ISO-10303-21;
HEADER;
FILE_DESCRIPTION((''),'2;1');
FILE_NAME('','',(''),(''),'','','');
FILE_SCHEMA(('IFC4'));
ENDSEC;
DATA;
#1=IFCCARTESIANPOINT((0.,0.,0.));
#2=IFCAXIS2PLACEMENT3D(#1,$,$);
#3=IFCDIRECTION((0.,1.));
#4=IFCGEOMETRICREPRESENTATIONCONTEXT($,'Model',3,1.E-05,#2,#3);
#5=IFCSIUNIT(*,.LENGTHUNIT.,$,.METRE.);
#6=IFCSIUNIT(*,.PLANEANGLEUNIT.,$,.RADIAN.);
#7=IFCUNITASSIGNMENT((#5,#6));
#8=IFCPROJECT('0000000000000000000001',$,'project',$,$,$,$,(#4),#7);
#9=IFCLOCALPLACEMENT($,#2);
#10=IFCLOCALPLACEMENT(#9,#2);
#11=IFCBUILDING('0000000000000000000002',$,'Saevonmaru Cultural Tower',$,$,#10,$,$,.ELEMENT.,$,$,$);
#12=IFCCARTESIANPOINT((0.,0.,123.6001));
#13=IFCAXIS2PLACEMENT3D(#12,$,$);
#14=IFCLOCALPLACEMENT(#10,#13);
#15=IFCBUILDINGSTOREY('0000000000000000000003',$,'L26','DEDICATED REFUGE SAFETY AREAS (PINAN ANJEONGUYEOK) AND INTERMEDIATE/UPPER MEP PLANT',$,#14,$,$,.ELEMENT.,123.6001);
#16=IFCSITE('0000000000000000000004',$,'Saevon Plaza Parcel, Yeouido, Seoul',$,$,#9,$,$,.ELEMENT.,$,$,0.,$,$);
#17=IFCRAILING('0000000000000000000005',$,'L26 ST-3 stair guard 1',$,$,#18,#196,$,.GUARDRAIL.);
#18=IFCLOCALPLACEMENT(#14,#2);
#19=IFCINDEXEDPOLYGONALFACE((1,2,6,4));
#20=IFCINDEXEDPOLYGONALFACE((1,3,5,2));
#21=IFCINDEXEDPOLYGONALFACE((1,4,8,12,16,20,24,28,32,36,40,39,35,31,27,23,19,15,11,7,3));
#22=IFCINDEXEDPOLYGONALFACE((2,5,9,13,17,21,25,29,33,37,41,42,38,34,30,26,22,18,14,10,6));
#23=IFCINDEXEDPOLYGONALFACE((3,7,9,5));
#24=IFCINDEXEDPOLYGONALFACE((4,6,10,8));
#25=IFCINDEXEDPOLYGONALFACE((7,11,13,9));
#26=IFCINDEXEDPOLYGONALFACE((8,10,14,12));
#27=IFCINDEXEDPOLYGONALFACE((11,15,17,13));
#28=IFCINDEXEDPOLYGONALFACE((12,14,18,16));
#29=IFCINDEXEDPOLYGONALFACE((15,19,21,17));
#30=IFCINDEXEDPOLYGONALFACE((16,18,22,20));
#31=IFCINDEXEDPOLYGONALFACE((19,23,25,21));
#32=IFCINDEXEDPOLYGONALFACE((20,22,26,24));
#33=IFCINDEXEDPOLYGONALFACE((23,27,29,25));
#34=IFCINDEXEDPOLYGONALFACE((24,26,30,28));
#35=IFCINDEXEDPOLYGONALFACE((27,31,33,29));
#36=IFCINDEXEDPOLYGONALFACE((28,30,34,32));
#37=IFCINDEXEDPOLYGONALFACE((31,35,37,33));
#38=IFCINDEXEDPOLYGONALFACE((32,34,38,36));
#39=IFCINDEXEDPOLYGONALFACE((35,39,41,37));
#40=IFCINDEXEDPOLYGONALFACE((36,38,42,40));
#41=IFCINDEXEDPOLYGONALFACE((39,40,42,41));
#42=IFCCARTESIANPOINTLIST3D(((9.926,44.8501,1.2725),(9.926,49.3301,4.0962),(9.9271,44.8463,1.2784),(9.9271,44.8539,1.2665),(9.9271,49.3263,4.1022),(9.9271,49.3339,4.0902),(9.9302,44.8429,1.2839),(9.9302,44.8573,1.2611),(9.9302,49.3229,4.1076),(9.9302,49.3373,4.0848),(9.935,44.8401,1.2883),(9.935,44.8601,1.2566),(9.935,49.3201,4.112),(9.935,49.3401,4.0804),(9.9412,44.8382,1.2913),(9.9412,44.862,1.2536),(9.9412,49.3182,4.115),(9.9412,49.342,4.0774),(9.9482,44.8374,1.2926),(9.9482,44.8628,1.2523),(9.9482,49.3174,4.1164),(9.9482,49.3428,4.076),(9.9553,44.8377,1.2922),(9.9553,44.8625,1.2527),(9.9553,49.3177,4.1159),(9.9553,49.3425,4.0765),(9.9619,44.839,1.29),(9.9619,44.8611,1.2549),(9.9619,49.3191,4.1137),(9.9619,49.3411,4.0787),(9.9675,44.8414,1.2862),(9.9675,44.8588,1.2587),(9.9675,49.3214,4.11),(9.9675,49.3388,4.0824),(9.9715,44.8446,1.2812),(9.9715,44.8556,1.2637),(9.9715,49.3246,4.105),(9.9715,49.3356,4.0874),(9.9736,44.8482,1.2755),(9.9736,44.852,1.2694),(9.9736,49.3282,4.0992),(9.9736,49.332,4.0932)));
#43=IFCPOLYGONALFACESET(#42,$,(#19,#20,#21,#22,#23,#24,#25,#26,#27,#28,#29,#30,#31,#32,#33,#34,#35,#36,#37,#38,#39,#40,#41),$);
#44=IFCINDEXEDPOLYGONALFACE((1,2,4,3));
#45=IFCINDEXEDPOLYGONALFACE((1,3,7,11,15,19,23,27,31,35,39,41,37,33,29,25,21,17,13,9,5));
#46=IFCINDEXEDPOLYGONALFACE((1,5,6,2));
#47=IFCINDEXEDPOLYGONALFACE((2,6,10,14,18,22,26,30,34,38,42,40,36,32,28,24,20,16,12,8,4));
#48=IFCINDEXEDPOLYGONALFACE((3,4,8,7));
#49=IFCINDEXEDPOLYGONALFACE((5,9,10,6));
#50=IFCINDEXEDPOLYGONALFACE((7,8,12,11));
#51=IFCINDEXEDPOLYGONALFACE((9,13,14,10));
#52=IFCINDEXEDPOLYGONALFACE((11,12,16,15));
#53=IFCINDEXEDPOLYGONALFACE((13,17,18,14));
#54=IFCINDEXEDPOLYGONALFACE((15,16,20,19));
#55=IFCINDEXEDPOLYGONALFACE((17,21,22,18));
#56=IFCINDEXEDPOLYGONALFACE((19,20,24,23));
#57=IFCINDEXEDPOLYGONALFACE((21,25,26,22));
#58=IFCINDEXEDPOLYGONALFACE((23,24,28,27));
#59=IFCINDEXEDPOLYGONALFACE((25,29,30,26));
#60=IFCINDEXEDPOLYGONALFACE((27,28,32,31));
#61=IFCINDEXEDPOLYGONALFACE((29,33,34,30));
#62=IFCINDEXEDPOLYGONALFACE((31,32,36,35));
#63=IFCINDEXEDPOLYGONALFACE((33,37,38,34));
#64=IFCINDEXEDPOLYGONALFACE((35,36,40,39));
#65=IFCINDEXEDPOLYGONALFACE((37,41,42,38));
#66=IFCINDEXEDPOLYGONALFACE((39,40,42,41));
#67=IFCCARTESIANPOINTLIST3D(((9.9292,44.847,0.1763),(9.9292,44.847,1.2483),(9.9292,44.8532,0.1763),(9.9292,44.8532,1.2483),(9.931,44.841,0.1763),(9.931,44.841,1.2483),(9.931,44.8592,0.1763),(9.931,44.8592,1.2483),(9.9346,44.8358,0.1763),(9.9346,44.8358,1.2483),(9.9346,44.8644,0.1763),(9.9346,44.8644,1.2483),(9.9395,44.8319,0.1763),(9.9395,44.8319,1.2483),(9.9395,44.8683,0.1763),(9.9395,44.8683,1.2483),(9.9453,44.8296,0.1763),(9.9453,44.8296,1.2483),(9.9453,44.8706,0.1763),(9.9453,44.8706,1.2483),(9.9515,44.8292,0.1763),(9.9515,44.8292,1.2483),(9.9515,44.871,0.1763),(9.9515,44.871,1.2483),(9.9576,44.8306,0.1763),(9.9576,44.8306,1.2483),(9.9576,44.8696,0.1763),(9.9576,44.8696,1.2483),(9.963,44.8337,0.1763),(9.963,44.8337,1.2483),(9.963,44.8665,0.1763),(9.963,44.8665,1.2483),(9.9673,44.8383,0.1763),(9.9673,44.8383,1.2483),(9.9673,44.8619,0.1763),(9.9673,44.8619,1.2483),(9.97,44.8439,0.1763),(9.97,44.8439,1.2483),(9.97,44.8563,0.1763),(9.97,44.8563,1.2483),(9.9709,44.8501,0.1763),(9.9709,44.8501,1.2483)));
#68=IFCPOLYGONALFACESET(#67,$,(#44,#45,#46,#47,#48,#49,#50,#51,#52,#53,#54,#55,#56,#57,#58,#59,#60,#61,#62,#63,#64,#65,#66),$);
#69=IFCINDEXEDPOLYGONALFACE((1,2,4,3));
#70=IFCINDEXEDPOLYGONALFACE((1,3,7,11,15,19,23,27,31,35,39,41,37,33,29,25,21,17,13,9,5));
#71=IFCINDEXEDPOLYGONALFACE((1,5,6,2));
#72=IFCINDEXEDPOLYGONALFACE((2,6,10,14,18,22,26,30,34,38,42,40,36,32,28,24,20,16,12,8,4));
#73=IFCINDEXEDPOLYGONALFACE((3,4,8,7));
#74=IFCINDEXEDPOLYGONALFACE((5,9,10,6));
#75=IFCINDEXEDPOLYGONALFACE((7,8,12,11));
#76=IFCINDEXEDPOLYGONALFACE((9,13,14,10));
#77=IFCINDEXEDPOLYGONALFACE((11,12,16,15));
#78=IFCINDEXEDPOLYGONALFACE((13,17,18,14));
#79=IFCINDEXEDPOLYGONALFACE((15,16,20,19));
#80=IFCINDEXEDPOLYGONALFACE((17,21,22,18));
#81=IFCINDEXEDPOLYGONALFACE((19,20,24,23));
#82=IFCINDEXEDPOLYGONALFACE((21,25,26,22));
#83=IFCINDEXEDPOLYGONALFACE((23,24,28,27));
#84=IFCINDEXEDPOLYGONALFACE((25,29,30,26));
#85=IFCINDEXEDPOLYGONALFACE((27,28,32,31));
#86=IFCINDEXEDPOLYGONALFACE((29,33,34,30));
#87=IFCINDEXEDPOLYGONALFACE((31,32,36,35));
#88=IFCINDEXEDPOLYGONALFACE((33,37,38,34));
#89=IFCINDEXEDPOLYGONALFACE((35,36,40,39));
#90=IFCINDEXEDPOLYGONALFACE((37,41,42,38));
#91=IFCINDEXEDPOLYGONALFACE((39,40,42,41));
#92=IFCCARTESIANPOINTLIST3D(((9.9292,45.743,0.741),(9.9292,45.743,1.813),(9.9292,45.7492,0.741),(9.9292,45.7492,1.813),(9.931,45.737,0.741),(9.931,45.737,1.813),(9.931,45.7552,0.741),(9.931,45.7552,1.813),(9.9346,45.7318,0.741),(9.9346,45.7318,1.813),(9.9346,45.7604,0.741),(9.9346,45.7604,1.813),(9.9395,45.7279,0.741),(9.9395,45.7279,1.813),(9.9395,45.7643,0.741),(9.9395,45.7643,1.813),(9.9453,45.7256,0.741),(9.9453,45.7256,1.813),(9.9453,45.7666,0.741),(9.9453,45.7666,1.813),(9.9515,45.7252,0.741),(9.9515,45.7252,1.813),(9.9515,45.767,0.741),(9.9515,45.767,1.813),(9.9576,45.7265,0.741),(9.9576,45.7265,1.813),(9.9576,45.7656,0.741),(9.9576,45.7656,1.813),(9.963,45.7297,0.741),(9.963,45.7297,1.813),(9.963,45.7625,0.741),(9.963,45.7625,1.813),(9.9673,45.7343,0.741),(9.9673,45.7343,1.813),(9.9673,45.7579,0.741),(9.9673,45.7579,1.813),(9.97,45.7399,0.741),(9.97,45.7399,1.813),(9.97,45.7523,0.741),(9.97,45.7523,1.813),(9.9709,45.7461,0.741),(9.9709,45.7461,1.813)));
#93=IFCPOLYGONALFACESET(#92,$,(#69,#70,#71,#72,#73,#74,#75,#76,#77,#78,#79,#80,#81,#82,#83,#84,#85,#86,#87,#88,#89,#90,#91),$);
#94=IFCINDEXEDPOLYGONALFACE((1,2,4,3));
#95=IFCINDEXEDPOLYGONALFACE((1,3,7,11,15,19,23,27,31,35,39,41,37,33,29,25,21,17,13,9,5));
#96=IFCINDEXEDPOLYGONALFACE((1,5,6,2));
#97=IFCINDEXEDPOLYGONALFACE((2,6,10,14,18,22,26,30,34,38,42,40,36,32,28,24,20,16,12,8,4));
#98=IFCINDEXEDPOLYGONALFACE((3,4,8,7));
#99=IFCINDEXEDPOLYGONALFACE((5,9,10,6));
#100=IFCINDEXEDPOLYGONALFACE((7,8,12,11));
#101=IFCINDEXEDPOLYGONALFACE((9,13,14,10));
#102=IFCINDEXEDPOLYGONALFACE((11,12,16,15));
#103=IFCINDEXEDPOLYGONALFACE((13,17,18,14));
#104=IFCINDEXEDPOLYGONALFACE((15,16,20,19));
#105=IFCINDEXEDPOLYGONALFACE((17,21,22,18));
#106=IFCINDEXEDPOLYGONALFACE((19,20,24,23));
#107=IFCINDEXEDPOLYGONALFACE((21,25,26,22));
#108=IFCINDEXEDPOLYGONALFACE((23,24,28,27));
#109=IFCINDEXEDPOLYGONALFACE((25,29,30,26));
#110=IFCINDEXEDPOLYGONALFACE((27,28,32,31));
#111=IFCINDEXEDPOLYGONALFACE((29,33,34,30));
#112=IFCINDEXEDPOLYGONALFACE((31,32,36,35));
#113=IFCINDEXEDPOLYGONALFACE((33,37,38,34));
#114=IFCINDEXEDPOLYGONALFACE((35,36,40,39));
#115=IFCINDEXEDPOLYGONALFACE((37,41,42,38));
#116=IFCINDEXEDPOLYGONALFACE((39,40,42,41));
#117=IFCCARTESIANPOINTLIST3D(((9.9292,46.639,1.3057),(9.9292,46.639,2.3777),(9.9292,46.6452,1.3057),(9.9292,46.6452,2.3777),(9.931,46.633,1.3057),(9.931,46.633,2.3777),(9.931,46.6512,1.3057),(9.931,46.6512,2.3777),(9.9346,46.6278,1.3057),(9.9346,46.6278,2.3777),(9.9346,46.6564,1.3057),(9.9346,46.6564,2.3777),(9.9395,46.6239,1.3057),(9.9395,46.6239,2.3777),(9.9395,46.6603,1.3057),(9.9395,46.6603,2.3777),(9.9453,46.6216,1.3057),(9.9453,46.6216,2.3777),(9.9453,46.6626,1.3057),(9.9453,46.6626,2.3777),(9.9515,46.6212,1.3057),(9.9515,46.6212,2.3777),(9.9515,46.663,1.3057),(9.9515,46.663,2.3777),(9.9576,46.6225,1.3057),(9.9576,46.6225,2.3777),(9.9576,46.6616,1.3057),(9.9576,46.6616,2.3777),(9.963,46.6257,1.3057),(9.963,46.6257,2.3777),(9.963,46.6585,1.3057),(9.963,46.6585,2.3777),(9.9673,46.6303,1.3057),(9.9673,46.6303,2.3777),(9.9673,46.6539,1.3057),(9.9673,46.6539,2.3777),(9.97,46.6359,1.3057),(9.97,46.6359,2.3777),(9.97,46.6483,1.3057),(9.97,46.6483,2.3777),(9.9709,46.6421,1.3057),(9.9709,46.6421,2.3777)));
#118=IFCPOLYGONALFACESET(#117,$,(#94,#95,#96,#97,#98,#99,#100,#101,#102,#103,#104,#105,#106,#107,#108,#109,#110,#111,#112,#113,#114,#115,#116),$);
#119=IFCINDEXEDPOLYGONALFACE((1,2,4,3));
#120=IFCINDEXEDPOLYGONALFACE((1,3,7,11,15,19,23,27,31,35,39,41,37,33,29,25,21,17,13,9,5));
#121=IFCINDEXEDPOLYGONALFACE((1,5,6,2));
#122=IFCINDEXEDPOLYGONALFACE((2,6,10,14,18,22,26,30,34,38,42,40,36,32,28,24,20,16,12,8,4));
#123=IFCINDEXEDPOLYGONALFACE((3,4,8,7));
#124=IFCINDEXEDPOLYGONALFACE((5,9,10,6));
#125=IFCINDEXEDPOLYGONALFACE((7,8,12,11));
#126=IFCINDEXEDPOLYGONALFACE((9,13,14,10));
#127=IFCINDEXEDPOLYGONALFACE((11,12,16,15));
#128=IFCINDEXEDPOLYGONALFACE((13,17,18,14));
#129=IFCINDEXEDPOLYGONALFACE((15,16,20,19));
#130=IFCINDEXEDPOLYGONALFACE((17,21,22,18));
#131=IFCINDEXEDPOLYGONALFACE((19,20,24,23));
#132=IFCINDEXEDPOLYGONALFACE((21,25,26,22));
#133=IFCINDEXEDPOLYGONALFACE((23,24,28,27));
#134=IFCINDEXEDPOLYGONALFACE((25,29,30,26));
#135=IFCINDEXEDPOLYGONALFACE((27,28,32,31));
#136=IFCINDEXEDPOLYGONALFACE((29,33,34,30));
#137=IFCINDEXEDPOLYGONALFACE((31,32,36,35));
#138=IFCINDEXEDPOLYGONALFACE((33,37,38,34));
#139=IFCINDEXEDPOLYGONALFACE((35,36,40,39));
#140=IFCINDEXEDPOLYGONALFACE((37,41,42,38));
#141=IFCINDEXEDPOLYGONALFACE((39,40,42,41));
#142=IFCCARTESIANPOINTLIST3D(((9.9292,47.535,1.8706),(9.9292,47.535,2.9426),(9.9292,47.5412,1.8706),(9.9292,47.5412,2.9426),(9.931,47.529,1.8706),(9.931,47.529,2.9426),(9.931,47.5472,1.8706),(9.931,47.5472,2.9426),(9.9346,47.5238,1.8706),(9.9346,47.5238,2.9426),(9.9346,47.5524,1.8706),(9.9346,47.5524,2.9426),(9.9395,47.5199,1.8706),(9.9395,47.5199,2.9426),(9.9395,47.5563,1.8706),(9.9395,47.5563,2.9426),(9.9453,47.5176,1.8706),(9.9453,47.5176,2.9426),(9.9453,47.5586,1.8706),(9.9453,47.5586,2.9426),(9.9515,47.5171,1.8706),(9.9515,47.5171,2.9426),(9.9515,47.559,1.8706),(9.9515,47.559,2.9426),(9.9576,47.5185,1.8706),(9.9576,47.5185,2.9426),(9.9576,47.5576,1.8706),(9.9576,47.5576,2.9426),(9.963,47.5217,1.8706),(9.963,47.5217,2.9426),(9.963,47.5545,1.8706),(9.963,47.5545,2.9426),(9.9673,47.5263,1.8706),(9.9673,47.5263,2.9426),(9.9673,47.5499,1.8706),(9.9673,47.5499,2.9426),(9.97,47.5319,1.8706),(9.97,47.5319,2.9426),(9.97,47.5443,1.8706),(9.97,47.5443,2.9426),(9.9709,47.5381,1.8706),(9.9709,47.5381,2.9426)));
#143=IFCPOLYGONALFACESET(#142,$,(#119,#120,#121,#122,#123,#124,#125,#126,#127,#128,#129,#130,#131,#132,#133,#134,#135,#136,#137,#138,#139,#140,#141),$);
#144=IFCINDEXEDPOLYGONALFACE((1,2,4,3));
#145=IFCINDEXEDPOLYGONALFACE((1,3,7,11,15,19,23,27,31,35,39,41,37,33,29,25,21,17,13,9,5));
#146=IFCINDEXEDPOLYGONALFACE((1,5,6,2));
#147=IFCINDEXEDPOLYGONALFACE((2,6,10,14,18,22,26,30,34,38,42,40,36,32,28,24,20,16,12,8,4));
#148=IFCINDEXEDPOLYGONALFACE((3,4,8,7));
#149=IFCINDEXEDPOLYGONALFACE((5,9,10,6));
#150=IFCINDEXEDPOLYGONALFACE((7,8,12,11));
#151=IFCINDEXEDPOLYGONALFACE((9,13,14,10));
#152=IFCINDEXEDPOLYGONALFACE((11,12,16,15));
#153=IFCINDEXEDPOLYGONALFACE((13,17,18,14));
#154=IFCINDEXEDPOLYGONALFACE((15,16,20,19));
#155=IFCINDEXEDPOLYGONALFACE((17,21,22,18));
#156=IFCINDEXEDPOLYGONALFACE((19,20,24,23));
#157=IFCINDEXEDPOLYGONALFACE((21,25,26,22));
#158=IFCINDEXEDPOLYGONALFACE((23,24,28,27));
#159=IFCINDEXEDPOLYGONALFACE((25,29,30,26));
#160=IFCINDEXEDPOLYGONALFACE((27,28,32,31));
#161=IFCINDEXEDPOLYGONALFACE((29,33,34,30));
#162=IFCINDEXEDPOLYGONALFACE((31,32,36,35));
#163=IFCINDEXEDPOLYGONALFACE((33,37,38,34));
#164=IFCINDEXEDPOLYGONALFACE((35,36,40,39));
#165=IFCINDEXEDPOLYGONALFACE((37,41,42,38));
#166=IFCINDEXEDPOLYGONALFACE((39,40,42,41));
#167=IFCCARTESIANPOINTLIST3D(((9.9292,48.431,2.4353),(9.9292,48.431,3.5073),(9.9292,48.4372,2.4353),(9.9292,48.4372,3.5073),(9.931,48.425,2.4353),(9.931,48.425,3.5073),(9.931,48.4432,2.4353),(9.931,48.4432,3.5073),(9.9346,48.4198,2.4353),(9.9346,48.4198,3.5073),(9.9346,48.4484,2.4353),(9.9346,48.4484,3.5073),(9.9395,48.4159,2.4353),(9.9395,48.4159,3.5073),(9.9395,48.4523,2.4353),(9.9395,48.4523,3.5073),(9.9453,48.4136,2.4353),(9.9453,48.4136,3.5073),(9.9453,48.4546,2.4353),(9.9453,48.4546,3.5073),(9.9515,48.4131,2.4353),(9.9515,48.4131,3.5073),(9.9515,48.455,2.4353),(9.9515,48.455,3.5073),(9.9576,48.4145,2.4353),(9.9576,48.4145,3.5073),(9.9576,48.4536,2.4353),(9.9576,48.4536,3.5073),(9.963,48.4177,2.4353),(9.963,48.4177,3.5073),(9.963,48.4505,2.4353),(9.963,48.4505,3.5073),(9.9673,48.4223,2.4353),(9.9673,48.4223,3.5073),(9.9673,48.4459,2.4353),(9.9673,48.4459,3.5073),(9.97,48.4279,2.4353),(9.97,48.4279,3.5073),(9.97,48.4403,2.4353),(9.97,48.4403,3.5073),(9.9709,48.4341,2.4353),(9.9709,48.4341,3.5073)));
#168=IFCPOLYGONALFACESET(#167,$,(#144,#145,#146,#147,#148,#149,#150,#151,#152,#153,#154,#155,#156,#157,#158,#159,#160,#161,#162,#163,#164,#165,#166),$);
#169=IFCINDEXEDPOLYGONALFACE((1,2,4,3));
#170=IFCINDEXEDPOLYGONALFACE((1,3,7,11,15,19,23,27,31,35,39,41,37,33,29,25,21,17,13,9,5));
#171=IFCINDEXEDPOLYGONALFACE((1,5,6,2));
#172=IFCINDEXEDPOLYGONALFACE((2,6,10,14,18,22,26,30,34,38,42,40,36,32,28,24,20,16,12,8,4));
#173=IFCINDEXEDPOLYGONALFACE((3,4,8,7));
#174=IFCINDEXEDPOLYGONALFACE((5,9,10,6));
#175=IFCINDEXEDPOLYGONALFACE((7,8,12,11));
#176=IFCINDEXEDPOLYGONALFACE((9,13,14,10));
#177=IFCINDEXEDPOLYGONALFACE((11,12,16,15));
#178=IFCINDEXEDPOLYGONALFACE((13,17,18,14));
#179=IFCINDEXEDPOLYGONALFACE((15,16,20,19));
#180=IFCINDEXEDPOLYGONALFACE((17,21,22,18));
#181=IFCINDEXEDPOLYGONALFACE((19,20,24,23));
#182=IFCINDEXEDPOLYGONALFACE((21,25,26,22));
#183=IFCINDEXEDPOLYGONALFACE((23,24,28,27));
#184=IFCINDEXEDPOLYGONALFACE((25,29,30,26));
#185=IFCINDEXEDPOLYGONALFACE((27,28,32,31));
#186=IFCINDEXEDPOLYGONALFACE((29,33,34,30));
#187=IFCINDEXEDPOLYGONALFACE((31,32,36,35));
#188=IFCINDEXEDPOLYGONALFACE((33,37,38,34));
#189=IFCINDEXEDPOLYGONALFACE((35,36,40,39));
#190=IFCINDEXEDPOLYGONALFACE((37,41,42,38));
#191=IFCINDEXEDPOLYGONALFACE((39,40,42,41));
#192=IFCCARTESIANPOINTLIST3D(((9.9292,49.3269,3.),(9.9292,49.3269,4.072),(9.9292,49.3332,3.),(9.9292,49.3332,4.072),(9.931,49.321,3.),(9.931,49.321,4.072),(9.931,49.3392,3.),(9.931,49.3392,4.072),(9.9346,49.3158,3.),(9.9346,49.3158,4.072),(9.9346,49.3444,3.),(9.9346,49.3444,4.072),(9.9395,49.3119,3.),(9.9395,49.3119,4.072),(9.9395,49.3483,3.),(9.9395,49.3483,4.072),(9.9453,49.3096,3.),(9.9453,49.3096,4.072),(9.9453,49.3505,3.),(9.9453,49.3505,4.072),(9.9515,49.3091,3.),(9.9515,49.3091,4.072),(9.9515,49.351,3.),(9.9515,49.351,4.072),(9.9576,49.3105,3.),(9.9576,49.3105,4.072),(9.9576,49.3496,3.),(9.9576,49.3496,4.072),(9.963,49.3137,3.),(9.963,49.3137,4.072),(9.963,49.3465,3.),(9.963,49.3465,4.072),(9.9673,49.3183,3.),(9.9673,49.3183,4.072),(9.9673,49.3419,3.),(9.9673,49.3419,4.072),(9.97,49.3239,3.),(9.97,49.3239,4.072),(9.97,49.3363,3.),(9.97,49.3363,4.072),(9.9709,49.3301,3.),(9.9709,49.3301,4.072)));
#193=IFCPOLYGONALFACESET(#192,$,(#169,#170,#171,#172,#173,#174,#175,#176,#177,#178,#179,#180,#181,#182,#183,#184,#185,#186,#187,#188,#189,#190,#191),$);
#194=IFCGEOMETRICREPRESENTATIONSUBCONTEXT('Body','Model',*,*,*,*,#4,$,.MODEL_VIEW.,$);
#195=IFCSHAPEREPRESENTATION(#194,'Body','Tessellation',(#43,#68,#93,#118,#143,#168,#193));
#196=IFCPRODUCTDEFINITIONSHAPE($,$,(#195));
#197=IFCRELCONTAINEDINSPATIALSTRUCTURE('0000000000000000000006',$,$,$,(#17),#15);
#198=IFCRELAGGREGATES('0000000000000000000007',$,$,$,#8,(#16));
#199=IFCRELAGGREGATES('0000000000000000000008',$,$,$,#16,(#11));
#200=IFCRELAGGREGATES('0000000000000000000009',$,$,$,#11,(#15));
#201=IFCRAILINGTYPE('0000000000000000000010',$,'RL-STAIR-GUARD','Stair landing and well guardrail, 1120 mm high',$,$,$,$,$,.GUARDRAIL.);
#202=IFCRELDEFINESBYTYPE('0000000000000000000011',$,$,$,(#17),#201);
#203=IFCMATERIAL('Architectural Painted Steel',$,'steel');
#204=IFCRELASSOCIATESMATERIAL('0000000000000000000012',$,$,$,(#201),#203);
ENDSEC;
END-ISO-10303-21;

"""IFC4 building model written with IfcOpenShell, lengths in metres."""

from ifc_helpers import new_model, si_unit, direction, frame, origin, origin_2d, place, context, subcontext, project, spatial, circle, extrude, material, type_object, element, save


model = new_model("IFC4")

# Units and contexts
model_context = context("Model", 3, precision=1e-05, world=origin(), true_north=direction((0.0, 1.0)))
body_context = subcontext(model_context, "Body", "Model", "MODEL_VIEW")
ifc_project = project(units=[si_unit("LENGTHUNIT", "METRE"), si_unit("PLANEANGLEUNIT", "RADIAN")], contexts=[model_context])

# Site, building, storey
site_placement = place(None, origin())
site = spatial("IfcSite", under=ifc_project, at=site_placement, Name="Saevon Plaza Parcel, Yeouido, Seoul", CompositionType="ELEMENT", RefElevation=0.0)
building_placement = place(site_placement, origin())
building = spatial("IfcBuilding", under=site, at=building_placement, Name="Saevonmaru Cultural Tower", CompositionType="ELEMENT")
storey_placement = place(building_placement, frame((0.0, 0.0, 123.6001)))
storey = spatial("IfcBuildingStorey", under=building, at=storey_placement, Name="L26", Description="DEDICATED REFUGE SAFETY AREAS (PINAN ANJEONGUYEOK) AND INTERMEDIATE/UPPER MEP PLANT", CompositionType="ELEMENT", Elevation=123.6001)

# Railing
ifc_material_1 = material(Name="Architectural Painted Steel", Category="steel")
railing_type_1 = type_object("IfcRailingType", Name="RL-STAIR-GUARD", Description="Stair landing and well guardrail, 1120 mm high", PredefinedType="GUARDRAIL", material=ifc_material_1)
railing_1_placement = place(storey_placement, frame((9.95, 44.8501, 0.1763)))
element("IfcRailing", 1, at=railing_1_placement, inside=storey, type_object=railing_type_1, Name="L26 ST-3 stair guard 1", PredefinedType="GUARDRAIL", context=body_context, shape_type="SweptSolid", body=[
    extrude(circle(Radius=0.0239, at=origin_2d()), frame((0.0, 0.0, 1.0962), z_axis=(0.0, 0.845977, 0.533219), x_axis=(-1.0, 0.0, 0.0)), (0.0, 0.0, 1.0), 5.2957),
    extrude(circle(Radius=0.021, at=origin_2d()), origin(), (0.0, 0.0, 1.0), 1.072),
    extrude(circle(Radius=0.021, at=origin_2d()), frame((0.0, 0.896, 0.5647)), (0.0, 0.0, 1.0), 1.072),
    extrude(circle(Radius=0.021, at=origin_2d()), frame((0.0, 1.792, 1.1294)), (0.0, 0.0, 1.0), 1.072),
    extrude(circle(Radius=0.021, at=origin_2d()), frame((0.0, 2.688, 1.6943)), (0.0, 0.0, 1.0), 1.072),
    extrude(circle(Radius=0.021, at=origin_2d()), frame((0.0, 3.584, 2.259)), (0.0, 0.0, 1.0), 1.072),
    extrude(circle(Radius=0.021, at=origin_2d()), frame((0.0, 4.48, 2.8237)), (0.0, 0.0, 1.0), 1.072),
])

save(model, "model.ifc")
